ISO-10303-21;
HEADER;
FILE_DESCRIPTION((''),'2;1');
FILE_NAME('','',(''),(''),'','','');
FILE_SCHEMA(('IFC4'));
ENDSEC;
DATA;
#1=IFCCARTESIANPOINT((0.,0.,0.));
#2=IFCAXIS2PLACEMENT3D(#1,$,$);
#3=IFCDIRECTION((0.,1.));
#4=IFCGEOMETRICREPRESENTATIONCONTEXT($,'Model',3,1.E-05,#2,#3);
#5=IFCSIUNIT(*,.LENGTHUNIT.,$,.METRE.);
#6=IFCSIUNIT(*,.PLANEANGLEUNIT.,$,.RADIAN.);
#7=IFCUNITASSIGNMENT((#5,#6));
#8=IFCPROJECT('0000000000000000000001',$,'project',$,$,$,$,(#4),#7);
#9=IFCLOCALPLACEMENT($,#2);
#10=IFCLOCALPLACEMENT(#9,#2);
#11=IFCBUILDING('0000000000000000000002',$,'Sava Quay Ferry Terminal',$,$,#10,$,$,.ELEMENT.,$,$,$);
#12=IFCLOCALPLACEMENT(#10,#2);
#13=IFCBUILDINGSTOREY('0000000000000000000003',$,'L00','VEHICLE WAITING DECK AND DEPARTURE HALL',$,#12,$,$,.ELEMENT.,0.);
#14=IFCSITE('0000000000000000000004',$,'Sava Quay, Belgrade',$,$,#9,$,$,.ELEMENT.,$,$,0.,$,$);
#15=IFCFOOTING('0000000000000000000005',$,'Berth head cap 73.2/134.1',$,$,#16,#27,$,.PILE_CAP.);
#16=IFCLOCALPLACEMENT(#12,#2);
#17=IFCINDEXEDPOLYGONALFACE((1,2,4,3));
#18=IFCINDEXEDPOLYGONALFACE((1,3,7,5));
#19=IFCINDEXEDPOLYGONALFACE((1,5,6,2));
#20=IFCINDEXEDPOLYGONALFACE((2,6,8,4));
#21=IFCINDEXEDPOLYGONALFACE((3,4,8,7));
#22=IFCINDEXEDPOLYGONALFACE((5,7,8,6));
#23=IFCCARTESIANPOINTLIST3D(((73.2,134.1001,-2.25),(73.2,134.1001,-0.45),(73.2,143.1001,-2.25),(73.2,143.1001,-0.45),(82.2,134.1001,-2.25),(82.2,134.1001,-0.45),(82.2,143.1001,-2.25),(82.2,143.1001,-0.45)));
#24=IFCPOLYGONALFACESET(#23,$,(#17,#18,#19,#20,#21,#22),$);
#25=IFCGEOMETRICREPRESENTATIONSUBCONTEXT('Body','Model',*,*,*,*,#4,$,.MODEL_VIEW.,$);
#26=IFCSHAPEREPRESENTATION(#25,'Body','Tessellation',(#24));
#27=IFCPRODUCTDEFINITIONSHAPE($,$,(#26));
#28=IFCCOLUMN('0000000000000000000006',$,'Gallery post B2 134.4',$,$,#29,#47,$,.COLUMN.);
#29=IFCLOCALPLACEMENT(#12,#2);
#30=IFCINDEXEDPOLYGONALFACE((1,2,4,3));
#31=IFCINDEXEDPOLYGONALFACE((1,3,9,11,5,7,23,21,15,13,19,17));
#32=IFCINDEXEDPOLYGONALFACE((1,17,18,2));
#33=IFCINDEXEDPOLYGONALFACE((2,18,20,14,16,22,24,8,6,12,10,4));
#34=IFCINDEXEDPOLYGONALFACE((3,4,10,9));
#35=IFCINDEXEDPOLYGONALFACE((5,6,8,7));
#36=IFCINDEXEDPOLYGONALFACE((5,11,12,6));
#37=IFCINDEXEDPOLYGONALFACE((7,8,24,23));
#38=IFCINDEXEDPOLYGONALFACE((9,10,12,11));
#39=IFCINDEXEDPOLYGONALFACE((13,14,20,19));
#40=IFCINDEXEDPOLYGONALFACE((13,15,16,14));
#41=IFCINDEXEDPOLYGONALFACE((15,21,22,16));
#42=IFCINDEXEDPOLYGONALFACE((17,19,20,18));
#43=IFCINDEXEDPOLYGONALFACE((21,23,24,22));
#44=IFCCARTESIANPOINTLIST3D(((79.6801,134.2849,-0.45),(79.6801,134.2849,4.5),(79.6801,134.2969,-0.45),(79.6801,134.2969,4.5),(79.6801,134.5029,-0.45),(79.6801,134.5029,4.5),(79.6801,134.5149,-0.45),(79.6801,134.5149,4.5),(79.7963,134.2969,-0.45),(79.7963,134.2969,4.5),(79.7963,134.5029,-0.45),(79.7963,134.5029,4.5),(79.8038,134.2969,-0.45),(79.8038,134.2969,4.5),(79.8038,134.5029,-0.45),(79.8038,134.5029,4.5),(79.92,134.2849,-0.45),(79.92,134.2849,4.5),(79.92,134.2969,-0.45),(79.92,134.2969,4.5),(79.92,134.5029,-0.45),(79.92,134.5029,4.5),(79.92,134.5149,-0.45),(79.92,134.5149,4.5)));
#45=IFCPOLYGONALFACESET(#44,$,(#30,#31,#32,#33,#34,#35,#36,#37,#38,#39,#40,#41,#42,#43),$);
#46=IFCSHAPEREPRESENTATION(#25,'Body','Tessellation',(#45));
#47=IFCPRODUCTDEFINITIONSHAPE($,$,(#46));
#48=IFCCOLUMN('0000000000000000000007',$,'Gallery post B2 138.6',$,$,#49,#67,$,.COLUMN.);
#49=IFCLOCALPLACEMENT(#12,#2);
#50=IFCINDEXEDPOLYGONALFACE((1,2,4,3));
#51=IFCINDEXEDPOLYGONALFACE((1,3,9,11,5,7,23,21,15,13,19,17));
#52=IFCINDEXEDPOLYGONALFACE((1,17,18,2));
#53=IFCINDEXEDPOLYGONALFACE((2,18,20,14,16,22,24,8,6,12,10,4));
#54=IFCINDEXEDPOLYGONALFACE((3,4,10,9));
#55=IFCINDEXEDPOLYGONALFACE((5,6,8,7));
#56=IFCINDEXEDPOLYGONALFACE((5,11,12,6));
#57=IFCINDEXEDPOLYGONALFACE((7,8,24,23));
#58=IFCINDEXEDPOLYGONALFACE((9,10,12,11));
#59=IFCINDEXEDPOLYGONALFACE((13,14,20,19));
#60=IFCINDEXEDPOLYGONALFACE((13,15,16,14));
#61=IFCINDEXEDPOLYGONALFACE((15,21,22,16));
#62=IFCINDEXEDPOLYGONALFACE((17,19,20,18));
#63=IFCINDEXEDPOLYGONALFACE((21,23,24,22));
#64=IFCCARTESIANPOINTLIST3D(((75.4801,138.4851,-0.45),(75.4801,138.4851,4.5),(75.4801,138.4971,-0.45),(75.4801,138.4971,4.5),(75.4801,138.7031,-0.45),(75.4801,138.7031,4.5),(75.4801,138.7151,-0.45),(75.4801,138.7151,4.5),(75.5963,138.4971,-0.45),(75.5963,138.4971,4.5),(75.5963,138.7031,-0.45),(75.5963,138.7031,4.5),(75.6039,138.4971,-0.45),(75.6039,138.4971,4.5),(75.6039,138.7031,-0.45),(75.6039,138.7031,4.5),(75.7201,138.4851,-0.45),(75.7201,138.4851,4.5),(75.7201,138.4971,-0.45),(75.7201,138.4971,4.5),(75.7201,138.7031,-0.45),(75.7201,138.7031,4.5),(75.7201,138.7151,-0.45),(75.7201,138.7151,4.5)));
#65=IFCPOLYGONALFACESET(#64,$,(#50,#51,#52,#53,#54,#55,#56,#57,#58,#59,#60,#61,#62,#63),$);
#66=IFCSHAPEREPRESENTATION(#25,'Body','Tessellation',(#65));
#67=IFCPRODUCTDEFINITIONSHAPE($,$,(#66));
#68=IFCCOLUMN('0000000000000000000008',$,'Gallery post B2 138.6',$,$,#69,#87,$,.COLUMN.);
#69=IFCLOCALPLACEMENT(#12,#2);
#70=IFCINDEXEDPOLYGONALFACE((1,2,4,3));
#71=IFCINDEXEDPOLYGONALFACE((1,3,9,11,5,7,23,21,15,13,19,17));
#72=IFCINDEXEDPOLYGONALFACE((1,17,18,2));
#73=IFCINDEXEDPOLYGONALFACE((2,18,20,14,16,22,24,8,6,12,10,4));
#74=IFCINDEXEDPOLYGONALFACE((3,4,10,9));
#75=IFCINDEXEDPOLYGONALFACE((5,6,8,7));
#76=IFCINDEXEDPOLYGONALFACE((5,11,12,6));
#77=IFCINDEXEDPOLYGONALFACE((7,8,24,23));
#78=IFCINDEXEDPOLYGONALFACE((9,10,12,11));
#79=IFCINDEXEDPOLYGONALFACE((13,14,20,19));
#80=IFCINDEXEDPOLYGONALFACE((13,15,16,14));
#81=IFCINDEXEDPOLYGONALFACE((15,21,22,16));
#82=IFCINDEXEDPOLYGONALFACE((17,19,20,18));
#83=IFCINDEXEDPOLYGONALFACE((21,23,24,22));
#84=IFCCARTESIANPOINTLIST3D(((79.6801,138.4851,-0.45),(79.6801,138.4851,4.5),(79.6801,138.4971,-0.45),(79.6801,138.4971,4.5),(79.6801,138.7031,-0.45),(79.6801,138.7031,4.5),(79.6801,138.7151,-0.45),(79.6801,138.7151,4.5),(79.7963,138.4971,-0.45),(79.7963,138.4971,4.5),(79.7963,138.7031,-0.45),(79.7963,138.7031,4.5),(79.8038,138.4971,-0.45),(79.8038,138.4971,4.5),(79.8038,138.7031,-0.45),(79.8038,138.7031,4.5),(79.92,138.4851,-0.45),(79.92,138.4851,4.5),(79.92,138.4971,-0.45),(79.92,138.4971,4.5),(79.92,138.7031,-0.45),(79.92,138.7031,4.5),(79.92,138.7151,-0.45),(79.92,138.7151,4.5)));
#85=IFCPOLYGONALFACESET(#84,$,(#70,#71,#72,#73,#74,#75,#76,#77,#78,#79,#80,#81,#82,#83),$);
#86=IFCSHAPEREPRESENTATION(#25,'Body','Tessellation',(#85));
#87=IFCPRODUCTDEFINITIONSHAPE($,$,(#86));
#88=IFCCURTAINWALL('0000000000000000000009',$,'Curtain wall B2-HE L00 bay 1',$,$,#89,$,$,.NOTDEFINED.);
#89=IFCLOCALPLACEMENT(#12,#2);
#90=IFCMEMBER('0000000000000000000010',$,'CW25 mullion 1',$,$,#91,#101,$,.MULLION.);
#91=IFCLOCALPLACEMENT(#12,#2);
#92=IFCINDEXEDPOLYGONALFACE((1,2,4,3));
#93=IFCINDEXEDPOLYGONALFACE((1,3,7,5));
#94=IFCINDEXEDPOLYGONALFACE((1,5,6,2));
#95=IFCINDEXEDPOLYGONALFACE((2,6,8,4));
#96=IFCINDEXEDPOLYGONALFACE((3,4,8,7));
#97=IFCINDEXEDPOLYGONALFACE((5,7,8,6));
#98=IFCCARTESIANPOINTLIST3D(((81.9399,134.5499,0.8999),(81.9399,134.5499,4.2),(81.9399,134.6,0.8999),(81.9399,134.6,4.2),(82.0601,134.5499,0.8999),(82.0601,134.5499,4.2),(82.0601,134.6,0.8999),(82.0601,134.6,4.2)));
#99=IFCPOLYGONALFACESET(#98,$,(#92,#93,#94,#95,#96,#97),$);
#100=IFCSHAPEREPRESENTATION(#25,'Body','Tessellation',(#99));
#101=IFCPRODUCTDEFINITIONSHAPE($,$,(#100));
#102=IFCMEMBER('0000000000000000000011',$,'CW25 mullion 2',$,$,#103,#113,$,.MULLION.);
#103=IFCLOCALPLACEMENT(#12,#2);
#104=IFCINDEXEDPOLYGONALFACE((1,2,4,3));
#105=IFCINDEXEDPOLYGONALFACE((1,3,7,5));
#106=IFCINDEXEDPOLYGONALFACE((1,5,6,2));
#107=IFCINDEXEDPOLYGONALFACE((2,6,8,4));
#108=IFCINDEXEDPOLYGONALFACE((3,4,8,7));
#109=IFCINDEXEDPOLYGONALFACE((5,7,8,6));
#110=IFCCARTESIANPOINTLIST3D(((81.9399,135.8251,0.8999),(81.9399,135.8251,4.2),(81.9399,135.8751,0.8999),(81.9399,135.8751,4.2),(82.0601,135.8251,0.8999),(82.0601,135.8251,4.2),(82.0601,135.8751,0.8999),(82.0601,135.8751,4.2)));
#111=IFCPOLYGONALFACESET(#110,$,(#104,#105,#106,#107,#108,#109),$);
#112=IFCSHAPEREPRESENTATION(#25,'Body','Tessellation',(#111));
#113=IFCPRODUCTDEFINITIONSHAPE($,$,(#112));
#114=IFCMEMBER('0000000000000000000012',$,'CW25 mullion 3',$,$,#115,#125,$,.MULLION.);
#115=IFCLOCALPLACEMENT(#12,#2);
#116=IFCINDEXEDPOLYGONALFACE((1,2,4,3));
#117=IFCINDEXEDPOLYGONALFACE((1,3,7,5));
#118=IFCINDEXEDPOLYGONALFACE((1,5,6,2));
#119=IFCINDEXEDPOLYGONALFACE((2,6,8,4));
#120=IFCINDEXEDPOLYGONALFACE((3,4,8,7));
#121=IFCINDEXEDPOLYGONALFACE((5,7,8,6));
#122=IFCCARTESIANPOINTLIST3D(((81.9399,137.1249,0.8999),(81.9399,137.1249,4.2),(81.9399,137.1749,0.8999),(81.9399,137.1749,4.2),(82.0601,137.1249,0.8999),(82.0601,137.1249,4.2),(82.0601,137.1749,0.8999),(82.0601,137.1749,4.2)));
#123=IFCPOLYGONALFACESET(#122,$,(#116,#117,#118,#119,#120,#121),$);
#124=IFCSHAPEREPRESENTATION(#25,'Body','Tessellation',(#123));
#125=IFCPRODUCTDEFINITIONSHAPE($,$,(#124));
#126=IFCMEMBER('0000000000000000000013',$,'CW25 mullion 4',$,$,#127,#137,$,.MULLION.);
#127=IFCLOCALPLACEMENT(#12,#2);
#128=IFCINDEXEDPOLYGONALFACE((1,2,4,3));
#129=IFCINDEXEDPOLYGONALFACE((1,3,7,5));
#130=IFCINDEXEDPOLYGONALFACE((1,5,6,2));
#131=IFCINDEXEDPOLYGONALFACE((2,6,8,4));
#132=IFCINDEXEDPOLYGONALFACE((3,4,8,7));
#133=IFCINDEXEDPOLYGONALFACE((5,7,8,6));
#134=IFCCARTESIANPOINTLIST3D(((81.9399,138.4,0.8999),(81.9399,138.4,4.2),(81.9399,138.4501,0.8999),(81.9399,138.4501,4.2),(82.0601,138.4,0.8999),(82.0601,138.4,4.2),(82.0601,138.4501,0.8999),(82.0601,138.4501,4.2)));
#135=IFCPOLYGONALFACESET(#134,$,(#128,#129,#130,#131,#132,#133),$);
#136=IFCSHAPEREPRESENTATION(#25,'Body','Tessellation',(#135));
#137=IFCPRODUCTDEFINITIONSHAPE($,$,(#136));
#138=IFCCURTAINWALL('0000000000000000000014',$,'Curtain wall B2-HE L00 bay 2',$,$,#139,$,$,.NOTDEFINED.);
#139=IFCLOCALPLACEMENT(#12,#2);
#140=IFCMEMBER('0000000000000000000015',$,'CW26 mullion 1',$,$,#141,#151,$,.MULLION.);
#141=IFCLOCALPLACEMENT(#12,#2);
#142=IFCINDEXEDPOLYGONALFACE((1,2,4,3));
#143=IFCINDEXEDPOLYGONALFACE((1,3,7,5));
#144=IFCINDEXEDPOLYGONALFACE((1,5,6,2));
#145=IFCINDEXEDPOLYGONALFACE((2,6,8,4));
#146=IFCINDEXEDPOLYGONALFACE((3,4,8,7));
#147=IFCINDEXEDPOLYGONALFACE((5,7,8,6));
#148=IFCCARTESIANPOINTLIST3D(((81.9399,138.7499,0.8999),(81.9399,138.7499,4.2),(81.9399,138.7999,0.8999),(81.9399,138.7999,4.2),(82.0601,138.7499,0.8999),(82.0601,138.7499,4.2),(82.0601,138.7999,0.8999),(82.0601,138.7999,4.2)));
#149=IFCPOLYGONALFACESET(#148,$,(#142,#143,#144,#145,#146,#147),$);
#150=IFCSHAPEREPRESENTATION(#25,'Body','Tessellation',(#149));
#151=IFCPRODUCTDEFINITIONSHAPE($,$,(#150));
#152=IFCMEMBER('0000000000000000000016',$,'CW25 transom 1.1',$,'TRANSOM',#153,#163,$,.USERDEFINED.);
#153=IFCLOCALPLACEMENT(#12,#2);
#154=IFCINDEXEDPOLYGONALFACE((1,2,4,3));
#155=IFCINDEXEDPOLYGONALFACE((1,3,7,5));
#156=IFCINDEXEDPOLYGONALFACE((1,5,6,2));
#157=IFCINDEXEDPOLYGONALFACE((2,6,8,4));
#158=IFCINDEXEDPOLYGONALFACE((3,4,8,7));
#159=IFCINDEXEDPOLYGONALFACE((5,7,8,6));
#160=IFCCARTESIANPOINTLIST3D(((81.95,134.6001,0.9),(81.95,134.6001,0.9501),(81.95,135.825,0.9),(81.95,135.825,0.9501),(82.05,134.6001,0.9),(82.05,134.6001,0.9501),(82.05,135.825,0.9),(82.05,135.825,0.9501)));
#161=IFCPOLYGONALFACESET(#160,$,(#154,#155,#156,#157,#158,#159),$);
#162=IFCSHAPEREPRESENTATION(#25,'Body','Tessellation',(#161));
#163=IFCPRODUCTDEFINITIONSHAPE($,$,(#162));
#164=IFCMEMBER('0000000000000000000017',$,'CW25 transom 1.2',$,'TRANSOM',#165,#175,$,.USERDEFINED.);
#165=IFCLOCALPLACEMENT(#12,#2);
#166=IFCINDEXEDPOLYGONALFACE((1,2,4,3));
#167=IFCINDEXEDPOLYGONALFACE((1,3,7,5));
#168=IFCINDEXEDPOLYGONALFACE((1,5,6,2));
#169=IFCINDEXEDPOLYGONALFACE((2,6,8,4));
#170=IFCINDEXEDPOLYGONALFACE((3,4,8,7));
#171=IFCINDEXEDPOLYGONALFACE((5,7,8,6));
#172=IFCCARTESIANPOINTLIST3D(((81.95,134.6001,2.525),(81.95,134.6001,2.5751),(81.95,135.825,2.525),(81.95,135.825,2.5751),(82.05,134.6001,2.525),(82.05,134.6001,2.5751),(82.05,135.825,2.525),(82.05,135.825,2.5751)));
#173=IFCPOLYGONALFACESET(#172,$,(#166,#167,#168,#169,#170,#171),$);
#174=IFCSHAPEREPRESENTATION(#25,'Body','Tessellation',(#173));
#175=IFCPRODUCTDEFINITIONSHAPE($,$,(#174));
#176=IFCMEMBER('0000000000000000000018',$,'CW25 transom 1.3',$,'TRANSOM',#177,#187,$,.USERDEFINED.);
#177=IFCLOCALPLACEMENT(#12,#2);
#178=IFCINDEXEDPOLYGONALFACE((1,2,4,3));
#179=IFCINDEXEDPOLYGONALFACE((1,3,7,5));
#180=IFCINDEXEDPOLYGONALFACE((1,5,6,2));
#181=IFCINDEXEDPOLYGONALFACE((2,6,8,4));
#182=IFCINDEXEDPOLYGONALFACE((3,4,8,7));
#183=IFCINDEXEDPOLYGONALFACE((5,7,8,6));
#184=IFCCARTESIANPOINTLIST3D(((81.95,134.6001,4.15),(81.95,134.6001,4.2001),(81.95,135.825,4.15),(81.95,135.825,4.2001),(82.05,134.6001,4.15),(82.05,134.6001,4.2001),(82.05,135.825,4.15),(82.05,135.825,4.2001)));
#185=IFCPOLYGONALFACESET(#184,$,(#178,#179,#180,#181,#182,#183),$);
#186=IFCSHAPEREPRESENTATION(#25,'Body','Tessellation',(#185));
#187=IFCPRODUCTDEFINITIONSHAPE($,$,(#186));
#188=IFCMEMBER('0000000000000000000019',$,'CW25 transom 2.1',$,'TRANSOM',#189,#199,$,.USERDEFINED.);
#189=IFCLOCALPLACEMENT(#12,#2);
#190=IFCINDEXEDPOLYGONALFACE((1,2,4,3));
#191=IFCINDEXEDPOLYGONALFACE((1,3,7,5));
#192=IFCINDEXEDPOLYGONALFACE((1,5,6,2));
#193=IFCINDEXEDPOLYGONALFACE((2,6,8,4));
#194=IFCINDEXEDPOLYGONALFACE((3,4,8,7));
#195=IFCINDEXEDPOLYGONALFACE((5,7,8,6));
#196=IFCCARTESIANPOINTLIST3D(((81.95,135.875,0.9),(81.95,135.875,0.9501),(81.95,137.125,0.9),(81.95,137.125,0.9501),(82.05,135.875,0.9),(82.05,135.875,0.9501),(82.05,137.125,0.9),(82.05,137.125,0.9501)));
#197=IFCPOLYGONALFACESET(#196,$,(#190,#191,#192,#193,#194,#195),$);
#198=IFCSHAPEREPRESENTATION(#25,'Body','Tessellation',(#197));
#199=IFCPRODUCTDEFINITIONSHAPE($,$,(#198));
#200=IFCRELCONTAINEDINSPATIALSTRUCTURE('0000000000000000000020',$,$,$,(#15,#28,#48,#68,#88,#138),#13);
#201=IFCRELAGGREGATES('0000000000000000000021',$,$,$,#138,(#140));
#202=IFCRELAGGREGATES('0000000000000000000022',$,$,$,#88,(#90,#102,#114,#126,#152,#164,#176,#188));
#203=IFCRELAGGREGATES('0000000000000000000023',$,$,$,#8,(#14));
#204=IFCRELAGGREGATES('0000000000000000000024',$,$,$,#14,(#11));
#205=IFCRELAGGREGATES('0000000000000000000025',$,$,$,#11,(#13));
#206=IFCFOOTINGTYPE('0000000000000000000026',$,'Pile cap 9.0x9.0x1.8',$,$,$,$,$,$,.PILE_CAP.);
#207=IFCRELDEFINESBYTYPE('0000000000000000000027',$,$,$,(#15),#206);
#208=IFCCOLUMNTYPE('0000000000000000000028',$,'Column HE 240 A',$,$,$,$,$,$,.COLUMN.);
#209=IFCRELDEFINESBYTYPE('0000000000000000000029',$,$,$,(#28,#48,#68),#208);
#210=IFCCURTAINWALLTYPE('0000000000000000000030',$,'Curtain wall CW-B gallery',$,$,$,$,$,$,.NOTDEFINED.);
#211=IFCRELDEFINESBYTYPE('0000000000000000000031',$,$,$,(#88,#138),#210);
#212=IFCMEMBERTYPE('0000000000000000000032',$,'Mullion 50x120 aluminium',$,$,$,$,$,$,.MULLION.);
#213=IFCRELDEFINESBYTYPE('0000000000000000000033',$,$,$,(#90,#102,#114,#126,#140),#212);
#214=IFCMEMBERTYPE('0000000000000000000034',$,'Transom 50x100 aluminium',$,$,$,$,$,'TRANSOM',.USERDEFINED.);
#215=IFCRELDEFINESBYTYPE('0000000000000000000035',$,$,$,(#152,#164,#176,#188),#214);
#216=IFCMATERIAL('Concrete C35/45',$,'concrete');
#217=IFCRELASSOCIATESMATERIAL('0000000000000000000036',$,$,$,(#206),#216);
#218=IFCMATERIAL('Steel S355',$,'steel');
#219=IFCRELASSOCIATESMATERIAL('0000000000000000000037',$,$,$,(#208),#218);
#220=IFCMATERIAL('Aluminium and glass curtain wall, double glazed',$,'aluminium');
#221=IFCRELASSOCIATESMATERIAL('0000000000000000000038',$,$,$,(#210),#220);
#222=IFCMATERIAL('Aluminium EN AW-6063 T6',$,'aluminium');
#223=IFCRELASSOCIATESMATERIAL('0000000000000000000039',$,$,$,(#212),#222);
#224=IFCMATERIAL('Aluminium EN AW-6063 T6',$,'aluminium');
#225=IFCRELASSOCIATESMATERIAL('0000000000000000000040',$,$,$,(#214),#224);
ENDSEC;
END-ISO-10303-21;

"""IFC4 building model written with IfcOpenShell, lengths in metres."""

from ifc_helpers import new_model, si_unit, direction, frame, origin, origin_2d, place, context, subcontext, project, spatial, rectangle, i_section, extrude, material, material_profile, profile_set, type_object, element, aggregate, save


model = new_model("IFC4")

# Units and contexts
model_context = context("Model", 3, precision=1e-05, world=origin(), true_north=direction((0.0, 1.0)))
body_context = subcontext(model_context, "Body", "Model", "MODEL_VIEW")
ifc_project = project(units=[si_unit("LENGTHUNIT", "METRE"), si_unit("PLANEANGLEUNIT", "RADIAN")], contexts=[model_context])

# Site, building, storey
site_placement = place(None, origin())
site = spatial("IfcSite", under=ifc_project, at=site_placement, Name="Sava Quay, Belgrade", CompositionType="ELEMENT", RefElevation=0.0)
building_placement = place(site_placement, origin())
building = spatial("IfcBuilding", under=site, at=building_placement, Name="Sava Quay Ferry Terminal", CompositionType="ELEMENT")
storey_placement = place(building_placement, origin())
storey = spatial("IfcBuildingStorey", under=building, at=storey_placement, Name="L00", Description="VEHICLE WAITING DECK AND DEPARTURE HALL", CompositionType="ELEMENT", Elevation=0.0)

# Footing
ifc_material_1 = material(Name="Concrete C35/45", Category="concrete")
footing_type = type_object("IfcFootingType", Name="Pile cap 9.0x9.0x1.8", PredefinedType="PILE_CAP", material=ifc_material_1)
footing_placement = place(storey_placement, frame((77.7, 138.6001, -2.25), z_axis=(0.0, 0.0, 1.0), x_axis=(1.0, 0.0, 0.0)))
element("IfcFooting", 1, at=footing_placement, inside=storey, type_object=footing_type, Name="Berth head cap 73.2/134.1", PredefinedType="PILE_CAP", context=body_context, shape_type="SweptSolid", body=[
    extrude(rectangle(XDim=9.0, YDim=9.0, at=origin_2d()), origin(), (0.0, 0.0, 1.0), 1.8),
])

# Columns
ifc_material_2 = material(Name="Steel S355", Category="steel")
ifc_material_profile_1 = material_profile(ifc_material_2, i_section(OverallWidth=0.24, OverallDepth=0.23, WebThickness=0.0076, FlangeThickness=0.012, at=origin_2d()), Name="HE 240 A")
ifc_profile_set_1 = profile_set([ifc_material_profile_1], Name="Steel S355")
column_type = type_object("IfcColumnType", Name="Column HE 240 A", PredefinedType="COLUMN", material=ifc_profile_set_1)
for number, where, z_axis, x_axis, name in (
    (2, (79.8, 134.3999, -0.45), (0.0, 0.0, 1.0), (1.0, 0.0, 0.0), "Gallery post B2 134.4"),
    (3, (75.6001, 138.6001, -0.45), (0.0, 0.0, 1.0), (1.0, 0.0, 0.0), "Gallery post B2 138.6"),
    (4, (79.8, 138.6001, -0.45), (0.0, 0.0, 1.0), (1.0, 0.0, 0.0), "Gallery post B2 138.6"),
):
    element("IfcColumn", number, at=place(storey_placement, frame(where, z_axis=z_axis, x_axis=x_axis)), inside=storey, type_object=column_type, Name=name, PredefinedType="COLUMN", context=body_context, shape_type="SweptSolid", body=[
        extrude(i_section(OverallWidth=0.24, OverallDepth=0.23, WebThickness=0.0076, FlangeThickness=0.012, at=origin_2d()), origin(), (0.0, 0.0, 1.0), 4.95),
    ])

# Curtain wall, members
ifc_material_3 = material(Name="Aluminium and glass curtain wall, double glazed", Category="aluminium")
curtain_wall_type = type_object("IfcCurtainWallType", Name="Curtain wall CW-B gallery", PredefinedType="NOTDEFINED", material=ifc_material_3)
curtain_wall_1_placement = place(storey_placement, origin())
curtain_wall_1 = element("IfcCurtainWall", 5, at=curtain_wall_1_placement, inside=storey, type_object=curtain_wall_type, Name="Curtain wall B2-HE L00 bay 1", PredefinedType="NOTDEFINED")
ifc_material_4 = material(Name="Aluminium EN AW-6063 T6", Category="aluminium")
ifc_material_profile_2 = material_profile(ifc_material_4, rectangle(XDim=0.1201, YDim=0.05, at=origin_2d()), Name="Mullion 50x120 aluminium")
ifc_profile_set_2 = profile_set([ifc_material_profile_2], Name="Aluminium EN AW-6063 T6")
member_type_1 = type_object("IfcMemberType", Name="Mullion 50x120 aluminium", PredefinedType="MULLION", material=ifc_profile_set_2)
member_1_placement = place(storey_placement, frame((82.0, 134.575, 0.8999), z_axis=(0.0, 0.0, 1.0), x_axis=(-1.0, 0.0, 0.0)))
member_1 = element("IfcMember", 6, at=member_1_placement, type_object=member_type_1, Name="CW25 mullion 1", PredefinedType="MULLION", context=body_context, shape_type="SweptSolid", body=[
    extrude(rectangle(XDim=0.1201, YDim=0.05, at=origin_2d()), origin(), (0.0, 0.0, 1.0), 3.3),
])
member_2_placement = place(storey_placement, frame((82.0, 135.8501, 0.8999), z_axis=(0.0, 0.0, 1.0), x_axis=(-1.0, 0.0, 0.0)))
member_2 = element("IfcMember", 7, at=member_2_placement, type_object=member_type_1, Name="CW25 mullion 2", PredefinedType="MULLION", context=body_context, shape_type="SweptSolid", body=[
    extrude(rectangle(XDim=0.1201, YDim=0.05, at=origin_2d()), origin(), (0.0, 0.0, 1.0), 3.3),
])
member_3_placement = place(storey_placement, frame((82.0, 137.1499, 0.8999), z_axis=(0.0, 0.0, 1.0), x_axis=(-1.0, 0.0, 0.0)))
member_3 = element("IfcMember", 8, at=member_3_placement, type_object=member_type_1, Name="CW25 mullion 3", PredefinedType="MULLION", context=body_context, shape_type="SweptSolid", body=[
    extrude(rectangle(XDim=0.1201, YDim=0.05, at=origin_2d()), origin(), (0.0, 0.0, 1.0), 3.3),
])
member_4_placement = place(storey_placement, frame((82.0, 138.425, 0.8999), z_axis=(0.0, 0.0, 1.0), x_axis=(-1.0, 0.0, 0.0)))
member_4 = element("IfcMember", 9, at=member_4_placement, type_object=member_type_1, Name="CW25 mullion 4", PredefinedType="MULLION", context=body_context, shape_type="SweptSolid", body=[
    extrude(rectangle(XDim=0.1201, YDim=0.05, at=origin_2d()), origin(), (0.0, 0.0, 1.0), 3.3),
])

# Curtain wall, member
curtain_wall_2_placement = place(storey_placement, origin())
curtain_wall_2 = element("IfcCurtainWall", 10, at=curtain_wall_2_placement, inside=storey, type_object=curtain_wall_type, Name="Curtain wall B2-HE L00 bay 2", PredefinedType="NOTDEFINED")
member_5_placement = place(storey_placement, frame((82.0, 138.7749, 0.8999), z_axis=(0.0, 0.0, 1.0), x_axis=(-1.0, 0.0, 0.0)))
member_5 = element("IfcMember", 11, at=member_5_placement, type_object=member_type_1, Name="CW26 mullion 1", PredefinedType="MULLION", context=body_context, shape_type="SweptSolid", body=[
    extrude(rectangle(XDim=0.1201, YDim=0.05, at=origin_2d()), origin(), (0.0, 0.0, 1.0), 3.3),
])
aggregate(curtain_wall_2, [member_5])

# Members
ifc_material_5 = material(Name="Aluminium EN AW-6063 T6", Category="aluminium")
ifc_material_profile_3 = material_profile(ifc_material_5, rectangle(XDim=0.1001, YDim=0.05, at=origin_2d()), Name="Transom 50x100 aluminium")
ifc_profile_set_3 = profile_set([ifc_material_profile_3], Name="Aluminium EN AW-6063 T6")
member_type_2 = type_object("IfcMemberType", Name="Transom 50x100 aluminium", ElementType="TRANSOM", PredefinedType="USERDEFINED", material=ifc_profile_set_3)
member_6_placement = place(storey_placement, frame((82.0, 134.6001, 0.925), z_axis=(0.0, 1.0, 0.0), x_axis=(-1.0, 0.0, 0.0)))
member_6 = element("IfcMember", 12, at=member_6_placement, type_object=member_type_2, Name="CW25 transom 1.1", ObjectType="TRANSOM", PredefinedType="USERDEFINED", context=body_context, shape_type="SweptSolid", body=[
    extrude(rectangle(XDim=0.1001, YDim=0.05, at=origin_2d()), origin(), (0.0, 0.0, 1.0), 1.2249),
])
member_7_placement = place(storey_placement, frame((82.0, 134.6001, 2.55), z_axis=(0.0, 1.0, 0.0), x_axis=(-1.0, 0.0, 0.0)))
member_7 = element("IfcMember", 13, at=member_7_placement, type_object=member_type_2, Name="CW25 transom 1.2", ObjectType="TRANSOM", PredefinedType="USERDEFINED", context=body_context, shape_type="SweptSolid", body=[
    extrude(rectangle(XDim=0.1001, YDim=0.05, at=origin_2d()), origin(), (0.0, 0.0, 1.0), 1.2249),
])
member_8_placement = place(storey_placement, frame((82.0, 134.6001, 4.175), z_axis=(0.0, 1.0, 0.0), x_axis=(-1.0, 0.0, 0.0)))
member_8 = element("IfcMember", 14, at=member_8_placement, type_object=member_type_2, Name="CW25 transom 1.3", ObjectType="TRANSOM", PredefinedType="USERDEFINED", context=body_context, shape_type="SweptSolid", body=[
    extrude(rectangle(XDim=0.1001, YDim=0.05, at=origin_2d()), origin(), (0.0, 0.0, 1.0), 1.2249),
])
member_9_placement = place(storey_placement, frame((82.0, 135.875, 0.925), z_axis=(0.0, 1.0, 0.0), x_axis=(-1.0, 0.0, 0.0)))
member_9 = element("IfcMember", 15, at=member_9_placement, type_object=member_type_2, Name="CW25 transom 2.1", ObjectType="TRANSOM", PredefinedType="USERDEFINED", context=body_context, shape_type="SweptSolid", body=[
    extrude(rectangle(XDim=0.1001, YDim=0.05, at=origin_2d()), origin(), (0.0, 0.0, 1.0), 1.25),
])

aggregate(curtain_wall_1, [member_1, member_2, member_3, member_4, member_6, member_7, member_8, member_9])

save(model, "model.ifc")
